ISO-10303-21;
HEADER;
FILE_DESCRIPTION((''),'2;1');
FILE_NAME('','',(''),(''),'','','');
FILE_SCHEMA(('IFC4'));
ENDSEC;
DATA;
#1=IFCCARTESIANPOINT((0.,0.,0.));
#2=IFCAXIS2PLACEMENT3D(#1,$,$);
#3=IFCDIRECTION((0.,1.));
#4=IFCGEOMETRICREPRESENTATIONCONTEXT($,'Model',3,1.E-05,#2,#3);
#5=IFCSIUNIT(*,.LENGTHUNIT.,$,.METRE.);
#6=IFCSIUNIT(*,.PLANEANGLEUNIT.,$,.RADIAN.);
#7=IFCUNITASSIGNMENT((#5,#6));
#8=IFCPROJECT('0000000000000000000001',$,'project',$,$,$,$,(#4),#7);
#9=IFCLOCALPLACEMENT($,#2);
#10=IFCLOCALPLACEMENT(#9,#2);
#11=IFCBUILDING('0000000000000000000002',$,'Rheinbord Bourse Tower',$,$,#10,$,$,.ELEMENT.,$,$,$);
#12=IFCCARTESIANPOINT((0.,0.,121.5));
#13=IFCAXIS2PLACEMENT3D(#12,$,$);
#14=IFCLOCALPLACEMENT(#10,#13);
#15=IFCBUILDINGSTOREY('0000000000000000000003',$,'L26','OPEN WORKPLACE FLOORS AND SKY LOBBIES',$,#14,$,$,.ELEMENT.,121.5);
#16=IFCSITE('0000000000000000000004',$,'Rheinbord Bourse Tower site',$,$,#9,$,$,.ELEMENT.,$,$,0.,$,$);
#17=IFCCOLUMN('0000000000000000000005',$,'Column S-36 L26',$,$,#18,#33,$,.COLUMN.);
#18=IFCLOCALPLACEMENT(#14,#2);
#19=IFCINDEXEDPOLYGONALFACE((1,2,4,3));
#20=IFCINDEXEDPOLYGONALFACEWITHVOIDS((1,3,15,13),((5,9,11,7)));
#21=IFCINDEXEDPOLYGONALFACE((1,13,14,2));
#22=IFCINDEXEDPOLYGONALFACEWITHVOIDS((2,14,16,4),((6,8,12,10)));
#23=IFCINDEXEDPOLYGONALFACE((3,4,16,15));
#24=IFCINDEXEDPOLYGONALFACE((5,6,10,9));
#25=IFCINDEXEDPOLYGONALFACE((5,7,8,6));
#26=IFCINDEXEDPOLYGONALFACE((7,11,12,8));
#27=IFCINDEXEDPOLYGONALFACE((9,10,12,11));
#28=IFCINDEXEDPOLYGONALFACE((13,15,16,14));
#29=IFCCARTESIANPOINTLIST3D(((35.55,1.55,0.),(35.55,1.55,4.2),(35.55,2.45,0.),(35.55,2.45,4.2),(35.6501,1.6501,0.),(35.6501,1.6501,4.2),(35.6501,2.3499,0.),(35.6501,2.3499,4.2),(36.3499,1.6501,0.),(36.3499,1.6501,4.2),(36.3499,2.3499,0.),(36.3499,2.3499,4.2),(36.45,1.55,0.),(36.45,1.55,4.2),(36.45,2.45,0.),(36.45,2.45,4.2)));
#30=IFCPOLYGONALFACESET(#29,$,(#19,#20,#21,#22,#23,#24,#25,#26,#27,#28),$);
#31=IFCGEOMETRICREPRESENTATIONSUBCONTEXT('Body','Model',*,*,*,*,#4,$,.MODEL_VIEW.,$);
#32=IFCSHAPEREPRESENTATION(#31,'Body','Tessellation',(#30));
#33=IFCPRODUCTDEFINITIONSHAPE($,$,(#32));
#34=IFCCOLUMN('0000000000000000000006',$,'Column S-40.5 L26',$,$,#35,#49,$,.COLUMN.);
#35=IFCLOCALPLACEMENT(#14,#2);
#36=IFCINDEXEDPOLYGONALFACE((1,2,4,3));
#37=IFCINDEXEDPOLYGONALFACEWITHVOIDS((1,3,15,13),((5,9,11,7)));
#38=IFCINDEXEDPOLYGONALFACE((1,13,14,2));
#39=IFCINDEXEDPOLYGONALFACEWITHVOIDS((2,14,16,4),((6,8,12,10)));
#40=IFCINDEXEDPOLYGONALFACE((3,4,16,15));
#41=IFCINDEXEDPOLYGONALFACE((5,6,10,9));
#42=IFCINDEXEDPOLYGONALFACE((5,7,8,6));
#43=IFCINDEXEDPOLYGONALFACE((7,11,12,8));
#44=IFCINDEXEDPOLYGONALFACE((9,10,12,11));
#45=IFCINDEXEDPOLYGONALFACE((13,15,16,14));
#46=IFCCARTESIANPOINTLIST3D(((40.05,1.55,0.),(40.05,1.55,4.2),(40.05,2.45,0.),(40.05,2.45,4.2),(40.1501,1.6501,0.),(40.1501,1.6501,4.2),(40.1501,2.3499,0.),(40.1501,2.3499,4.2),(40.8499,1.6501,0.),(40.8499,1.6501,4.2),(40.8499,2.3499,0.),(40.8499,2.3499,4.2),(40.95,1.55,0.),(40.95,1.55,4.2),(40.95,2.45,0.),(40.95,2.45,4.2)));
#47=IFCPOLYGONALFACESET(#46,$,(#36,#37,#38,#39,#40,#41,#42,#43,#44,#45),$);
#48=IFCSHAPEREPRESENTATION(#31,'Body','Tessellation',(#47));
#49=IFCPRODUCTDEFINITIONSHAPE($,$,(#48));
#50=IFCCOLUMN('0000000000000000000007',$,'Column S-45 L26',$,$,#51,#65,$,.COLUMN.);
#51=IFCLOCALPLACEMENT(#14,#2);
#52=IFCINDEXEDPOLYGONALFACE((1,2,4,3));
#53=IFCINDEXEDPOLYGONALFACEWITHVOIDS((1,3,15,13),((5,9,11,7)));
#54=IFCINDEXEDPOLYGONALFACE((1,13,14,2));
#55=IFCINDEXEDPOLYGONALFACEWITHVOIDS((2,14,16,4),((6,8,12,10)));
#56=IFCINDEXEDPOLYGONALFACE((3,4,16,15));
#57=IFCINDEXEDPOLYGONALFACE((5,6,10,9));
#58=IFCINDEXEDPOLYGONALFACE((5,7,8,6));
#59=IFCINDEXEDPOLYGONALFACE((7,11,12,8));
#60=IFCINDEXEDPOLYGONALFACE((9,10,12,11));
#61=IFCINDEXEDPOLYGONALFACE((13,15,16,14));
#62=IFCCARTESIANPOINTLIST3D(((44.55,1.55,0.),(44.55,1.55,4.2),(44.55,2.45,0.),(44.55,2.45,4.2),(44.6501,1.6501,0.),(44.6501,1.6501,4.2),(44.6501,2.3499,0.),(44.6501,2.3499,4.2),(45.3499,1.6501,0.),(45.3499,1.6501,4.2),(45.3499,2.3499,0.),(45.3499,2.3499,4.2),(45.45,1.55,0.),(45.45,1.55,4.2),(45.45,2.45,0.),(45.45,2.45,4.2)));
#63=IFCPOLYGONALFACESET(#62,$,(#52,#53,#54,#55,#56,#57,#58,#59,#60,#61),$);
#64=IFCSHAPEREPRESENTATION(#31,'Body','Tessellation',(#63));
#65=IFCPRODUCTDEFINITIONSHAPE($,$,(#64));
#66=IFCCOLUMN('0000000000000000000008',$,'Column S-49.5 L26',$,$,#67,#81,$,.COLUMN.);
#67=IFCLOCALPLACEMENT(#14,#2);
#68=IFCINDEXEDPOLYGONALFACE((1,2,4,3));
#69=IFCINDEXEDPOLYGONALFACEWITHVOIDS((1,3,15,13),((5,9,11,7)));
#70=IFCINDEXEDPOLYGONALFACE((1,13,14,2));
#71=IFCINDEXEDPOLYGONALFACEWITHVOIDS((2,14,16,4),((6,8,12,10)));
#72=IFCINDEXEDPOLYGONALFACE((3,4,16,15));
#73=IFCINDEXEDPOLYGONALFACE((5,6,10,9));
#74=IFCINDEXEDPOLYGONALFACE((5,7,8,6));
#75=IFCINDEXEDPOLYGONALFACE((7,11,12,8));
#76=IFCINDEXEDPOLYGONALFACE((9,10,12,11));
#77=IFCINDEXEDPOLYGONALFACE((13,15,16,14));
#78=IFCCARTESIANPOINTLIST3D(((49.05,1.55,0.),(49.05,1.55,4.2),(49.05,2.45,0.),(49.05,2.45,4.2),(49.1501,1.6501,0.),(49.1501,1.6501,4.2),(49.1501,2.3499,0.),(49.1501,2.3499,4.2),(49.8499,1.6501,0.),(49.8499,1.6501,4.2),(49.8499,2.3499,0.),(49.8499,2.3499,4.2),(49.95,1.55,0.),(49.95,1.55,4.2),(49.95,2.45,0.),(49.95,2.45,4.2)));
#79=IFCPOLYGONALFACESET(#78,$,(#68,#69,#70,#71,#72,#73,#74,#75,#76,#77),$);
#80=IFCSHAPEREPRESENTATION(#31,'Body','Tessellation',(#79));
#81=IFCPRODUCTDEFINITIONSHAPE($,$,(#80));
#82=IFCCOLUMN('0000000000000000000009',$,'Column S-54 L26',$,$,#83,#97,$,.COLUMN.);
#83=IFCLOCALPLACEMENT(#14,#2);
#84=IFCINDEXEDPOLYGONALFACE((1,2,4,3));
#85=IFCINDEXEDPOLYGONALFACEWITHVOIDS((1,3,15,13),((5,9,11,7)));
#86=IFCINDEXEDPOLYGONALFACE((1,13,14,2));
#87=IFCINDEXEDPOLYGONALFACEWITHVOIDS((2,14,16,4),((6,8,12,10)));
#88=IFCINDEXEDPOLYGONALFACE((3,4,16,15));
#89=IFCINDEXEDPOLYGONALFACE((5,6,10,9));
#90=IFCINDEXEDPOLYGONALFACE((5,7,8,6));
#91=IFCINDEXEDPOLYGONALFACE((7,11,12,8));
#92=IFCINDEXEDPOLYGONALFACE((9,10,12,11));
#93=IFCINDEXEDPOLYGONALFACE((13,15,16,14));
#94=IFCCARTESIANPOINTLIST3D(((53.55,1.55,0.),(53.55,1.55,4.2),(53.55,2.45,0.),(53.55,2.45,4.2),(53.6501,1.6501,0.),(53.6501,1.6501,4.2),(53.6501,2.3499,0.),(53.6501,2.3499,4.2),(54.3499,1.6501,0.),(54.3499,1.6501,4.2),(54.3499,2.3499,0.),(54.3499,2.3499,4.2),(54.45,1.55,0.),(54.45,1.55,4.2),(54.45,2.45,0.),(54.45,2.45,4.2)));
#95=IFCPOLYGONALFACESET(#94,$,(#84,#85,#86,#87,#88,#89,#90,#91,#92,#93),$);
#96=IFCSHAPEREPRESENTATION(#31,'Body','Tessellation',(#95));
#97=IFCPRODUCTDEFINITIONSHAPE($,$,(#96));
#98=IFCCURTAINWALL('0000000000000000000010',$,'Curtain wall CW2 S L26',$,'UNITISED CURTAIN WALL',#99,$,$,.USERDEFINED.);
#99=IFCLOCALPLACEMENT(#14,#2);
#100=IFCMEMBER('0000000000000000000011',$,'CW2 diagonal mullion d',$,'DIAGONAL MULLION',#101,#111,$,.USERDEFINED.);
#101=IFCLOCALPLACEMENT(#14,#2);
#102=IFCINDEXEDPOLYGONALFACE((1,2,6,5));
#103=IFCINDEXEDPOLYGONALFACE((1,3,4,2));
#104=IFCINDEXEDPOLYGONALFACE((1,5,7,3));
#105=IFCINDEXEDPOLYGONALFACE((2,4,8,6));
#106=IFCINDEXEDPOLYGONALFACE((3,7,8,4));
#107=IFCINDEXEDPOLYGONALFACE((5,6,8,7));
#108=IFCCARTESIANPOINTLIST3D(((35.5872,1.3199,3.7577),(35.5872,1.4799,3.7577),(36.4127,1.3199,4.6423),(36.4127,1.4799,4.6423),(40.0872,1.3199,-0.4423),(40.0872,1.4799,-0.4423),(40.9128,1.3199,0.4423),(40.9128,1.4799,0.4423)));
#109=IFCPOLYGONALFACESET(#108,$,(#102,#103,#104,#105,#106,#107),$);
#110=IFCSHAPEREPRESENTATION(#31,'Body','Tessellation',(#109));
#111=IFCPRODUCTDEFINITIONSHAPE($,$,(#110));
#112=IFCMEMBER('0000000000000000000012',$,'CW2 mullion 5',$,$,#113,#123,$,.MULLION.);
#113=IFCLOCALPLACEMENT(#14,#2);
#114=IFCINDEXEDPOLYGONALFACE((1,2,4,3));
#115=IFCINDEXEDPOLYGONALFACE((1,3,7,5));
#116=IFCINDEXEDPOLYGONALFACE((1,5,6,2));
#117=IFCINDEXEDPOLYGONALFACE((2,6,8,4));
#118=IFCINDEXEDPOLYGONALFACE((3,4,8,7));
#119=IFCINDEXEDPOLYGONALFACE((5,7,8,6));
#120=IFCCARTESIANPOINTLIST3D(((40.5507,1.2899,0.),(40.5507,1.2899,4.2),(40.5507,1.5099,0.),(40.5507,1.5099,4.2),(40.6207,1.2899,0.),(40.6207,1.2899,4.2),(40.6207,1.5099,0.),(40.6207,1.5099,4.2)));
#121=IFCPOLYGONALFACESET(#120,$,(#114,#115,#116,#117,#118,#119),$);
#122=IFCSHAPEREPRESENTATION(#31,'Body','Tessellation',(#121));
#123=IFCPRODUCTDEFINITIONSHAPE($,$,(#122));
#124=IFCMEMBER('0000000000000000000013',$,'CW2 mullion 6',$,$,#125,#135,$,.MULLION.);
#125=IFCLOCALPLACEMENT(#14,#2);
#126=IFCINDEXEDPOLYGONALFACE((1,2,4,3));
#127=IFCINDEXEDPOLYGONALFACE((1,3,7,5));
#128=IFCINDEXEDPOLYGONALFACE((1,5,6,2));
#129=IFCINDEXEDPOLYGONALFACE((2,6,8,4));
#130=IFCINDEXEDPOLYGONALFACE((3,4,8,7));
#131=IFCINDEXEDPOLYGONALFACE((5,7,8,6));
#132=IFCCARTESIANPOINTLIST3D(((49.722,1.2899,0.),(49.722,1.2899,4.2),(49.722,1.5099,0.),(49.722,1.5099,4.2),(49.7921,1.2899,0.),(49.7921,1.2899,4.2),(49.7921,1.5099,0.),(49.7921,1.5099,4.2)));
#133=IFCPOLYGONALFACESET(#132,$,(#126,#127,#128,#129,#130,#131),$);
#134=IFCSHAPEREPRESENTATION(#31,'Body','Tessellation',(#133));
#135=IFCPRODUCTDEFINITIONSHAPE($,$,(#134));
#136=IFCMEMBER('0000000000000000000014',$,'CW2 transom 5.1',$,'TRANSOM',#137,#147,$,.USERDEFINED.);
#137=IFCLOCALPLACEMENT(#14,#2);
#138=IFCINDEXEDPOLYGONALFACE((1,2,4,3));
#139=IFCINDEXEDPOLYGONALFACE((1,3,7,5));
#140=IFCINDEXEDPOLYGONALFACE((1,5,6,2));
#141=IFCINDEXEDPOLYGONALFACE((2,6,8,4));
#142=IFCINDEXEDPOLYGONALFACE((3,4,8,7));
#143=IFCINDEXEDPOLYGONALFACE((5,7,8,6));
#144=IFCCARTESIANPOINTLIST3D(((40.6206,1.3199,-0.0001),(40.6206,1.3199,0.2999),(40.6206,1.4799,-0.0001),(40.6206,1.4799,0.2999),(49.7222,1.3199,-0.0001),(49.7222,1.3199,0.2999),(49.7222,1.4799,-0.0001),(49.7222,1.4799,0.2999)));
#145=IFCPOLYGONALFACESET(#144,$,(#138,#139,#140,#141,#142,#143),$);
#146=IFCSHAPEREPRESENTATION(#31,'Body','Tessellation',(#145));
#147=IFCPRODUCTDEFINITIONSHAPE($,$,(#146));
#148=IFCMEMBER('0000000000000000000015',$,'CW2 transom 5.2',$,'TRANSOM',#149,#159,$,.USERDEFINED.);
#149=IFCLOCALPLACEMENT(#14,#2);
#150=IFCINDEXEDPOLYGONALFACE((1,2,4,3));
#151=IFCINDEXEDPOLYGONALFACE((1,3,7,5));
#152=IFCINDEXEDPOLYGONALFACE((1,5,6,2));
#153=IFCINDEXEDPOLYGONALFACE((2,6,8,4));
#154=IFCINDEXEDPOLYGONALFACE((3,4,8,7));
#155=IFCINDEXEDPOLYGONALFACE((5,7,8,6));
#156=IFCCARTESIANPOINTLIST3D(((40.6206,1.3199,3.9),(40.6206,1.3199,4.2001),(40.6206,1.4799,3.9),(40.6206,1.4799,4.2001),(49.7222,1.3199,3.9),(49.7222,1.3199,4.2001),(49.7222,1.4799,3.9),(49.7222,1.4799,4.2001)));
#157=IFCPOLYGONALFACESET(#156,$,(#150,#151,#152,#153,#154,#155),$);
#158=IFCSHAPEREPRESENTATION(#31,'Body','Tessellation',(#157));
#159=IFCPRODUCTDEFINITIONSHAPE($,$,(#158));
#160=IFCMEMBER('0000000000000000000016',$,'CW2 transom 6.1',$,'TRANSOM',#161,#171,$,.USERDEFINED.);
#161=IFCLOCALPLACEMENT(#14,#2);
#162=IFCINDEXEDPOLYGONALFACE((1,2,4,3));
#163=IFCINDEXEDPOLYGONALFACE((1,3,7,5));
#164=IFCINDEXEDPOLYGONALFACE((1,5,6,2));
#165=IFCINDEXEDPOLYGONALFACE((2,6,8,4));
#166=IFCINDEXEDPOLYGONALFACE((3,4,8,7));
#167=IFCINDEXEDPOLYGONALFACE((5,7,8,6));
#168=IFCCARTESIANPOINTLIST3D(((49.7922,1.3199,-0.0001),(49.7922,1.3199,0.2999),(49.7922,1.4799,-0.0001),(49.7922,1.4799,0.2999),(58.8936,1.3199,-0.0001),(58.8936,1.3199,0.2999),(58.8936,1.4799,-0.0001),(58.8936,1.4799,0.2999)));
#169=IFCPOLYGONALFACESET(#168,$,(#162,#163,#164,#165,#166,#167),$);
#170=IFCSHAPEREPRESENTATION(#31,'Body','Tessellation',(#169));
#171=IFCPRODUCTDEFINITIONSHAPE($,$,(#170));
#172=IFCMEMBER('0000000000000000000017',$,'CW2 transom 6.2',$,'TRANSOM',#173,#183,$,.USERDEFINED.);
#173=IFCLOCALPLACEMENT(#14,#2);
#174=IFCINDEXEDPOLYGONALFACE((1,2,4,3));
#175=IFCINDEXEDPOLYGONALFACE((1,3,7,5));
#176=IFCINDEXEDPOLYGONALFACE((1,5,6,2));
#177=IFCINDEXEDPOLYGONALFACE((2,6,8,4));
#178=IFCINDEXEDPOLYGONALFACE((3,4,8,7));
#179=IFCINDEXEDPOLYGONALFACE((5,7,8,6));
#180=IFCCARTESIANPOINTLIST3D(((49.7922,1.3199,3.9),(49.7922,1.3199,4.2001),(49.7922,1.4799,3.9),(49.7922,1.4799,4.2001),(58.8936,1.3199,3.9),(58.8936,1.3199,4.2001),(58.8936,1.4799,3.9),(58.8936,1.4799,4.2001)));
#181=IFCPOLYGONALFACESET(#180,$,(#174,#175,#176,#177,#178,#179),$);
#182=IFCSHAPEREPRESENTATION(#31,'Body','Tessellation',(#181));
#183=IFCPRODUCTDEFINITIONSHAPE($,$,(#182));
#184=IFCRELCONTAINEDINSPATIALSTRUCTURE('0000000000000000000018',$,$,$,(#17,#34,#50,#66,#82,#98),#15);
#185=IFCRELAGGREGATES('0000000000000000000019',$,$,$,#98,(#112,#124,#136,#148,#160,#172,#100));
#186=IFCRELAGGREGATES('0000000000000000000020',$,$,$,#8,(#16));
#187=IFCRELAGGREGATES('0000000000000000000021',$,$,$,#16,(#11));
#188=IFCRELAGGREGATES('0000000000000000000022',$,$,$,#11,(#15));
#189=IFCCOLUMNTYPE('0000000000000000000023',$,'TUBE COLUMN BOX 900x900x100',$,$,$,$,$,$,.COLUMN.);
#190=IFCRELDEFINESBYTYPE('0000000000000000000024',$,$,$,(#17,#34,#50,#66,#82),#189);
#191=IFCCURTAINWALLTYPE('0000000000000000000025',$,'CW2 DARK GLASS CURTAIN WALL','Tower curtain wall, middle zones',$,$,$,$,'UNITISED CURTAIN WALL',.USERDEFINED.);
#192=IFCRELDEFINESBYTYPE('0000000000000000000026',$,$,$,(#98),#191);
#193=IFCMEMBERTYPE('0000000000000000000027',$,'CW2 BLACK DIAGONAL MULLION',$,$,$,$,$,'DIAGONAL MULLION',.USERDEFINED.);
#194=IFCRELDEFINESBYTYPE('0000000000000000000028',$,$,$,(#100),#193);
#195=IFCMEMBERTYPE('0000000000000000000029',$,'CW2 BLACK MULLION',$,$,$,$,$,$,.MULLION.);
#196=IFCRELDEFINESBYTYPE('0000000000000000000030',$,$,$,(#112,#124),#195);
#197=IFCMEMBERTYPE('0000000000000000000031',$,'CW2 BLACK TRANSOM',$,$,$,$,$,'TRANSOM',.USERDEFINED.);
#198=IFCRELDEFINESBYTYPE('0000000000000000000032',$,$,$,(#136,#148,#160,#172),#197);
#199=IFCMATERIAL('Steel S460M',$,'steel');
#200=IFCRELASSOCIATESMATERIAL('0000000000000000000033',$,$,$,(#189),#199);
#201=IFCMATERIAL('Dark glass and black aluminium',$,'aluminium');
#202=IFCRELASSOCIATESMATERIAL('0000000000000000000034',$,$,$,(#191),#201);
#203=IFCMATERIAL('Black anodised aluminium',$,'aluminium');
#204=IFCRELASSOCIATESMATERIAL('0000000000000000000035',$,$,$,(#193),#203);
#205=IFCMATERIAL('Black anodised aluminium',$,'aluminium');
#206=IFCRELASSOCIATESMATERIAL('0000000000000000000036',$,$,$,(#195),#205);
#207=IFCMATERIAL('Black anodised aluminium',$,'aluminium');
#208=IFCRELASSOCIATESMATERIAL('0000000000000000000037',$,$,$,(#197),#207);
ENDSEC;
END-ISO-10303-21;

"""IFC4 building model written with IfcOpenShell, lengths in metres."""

from ifc_helpers import new_model, si_unit, direction, frame, origin, origin_2d, place, context, subcontext, project, spatial, rectangle, hollow_rectangle, extrude, material, material_profile, profile_set, type_object, element, aggregate, save


model = new_model("IFC4")

# Units and contexts
model_context = context("Model", 3, precision=1e-05, world=origin(), true_north=direction((0.0, 1.0)))
body_context = subcontext(model_context, "Body", "Model", "MODEL_VIEW")
ifc_project = project(units=[si_unit("LENGTHUNIT", "METRE"), si_unit("PLANEANGLEUNIT", "RADIAN")], contexts=[model_context])

# Site, building, storey
site_placement = place(None, origin())
site = spatial("IfcSite", under=ifc_project, at=site_placement, Name="Rheinbord Bourse Tower site", CompositionType="ELEMENT", RefElevation=0.0)
building_placement = place(site_placement, origin())
building = spatial("IfcBuilding", under=site, at=building_placement, Name="Rheinbord Bourse Tower", CompositionType="ELEMENT")
storey_placement = place(building_placement, frame((0.0, 0.0, 121.5)))
storey = spatial("IfcBuildingStorey", under=building, at=storey_placement, Name="L26", Description="OPEN WORKPLACE FLOORS AND SKY LOBBIES", CompositionType="ELEMENT", Elevation=121.5)

# Columns
ifc_material_1 = material(Name="Steel S460M", Category="steel")
ifc_material_profile_1 = material_profile(ifc_material_1, hollow_rectangle(XDim=0.8999, YDim=0.8999, WallThickness=0.1001, at=origin_2d()), Name="BOX 900x900x100")
ifc_profile_set_1 = profile_set([ifc_material_profile_1], Name="Steel S460M")
column_type = type_object("IfcColumnType", Name="TUBE COLUMN BOX 900x900x100", PredefinedType="COLUMN", material=ifc_profile_set_1)
for number, where, z_axis, x_axis, name in (
    (1, (36.0, 2.0, 0.0), (0.0, 0.0, 1.0), (0.0, 1.0, 0.0), "Column S-36 L26"),
    (2, (40.5, 2.0, 0.0), (0.0, 0.0, 1.0), (0.0, 1.0, 0.0), "Column S-40.5 L26"),
    (3, (45.0, 2.0, 0.0), (0.0, 0.0, 1.0), (0.0, 1.0, 0.0), "Column S-45 L26"),
    (4, (49.5, 2.0, 0.0), (0.0, 0.0, 1.0), (0.0, 1.0, 0.0), "Column S-49.5 L26"),
    (5, (54.0, 2.0, 0.0), (0.0, 0.0, 1.0), (0.0, 1.0, 0.0), "Column S-54 L26"),
):
    element("IfcColumn", number, at=place(storey_placement, frame(where, z_axis=z_axis, x_axis=x_axis)), inside=storey, type_object=column_type, Name=name, PredefinedType="COLUMN", context=body_context, shape_type="SweptSolid", body=[
        extrude(hollow_rectangle(XDim=0.8999, YDim=0.8999, WallThickness=0.1001, at=origin_2d()), origin(), (0.0, 0.0, 1.0), 4.2),
    ])

# Curtain wall, members
ifc_material_2 = material(Name="Dark glass and black aluminium", Category="aluminium")
curtain_wall_type = type_object("IfcCurtainWallType", Name="CW2 DARK GLASS CURTAIN WALL", Description="Tower curtain wall, middle zones", ElementType="UNITISED CURTAIN WALL", PredefinedType="USERDEFINED", material=ifc_material_2)
curtain_wall_placement = place(storey_placement, origin())
curtain_wall = element("IfcCurtainWall", 6, at=curtain_wall_placement, inside=storey, type_object=curtain_wall_type, Name="Curtain wall CW2 S L26", ObjectType="UNITISED CURTAIN WALL", PredefinedType="USERDEFINED")
ifc_material_3 = material(Name="Black anodised aluminium", Category="aluminium")
ifc_material_profile_2 = material_profile(ifc_material_3, rectangle(XDim=0.1599, YDim=1.21, at=origin_2d()), Name="CW2 DIAGONAL MULLION 1210x160")
ifc_profile_set_2 = profile_set([ifc_material_profile_2], Name="Black anodised aluminium")
member_type_1 = type_object("IfcMemberType", Name="CW2 BLACK DIAGONAL MULLION", ElementType="DIAGONAL MULLION", PredefinedType="USERDEFINED", material=ifc_profile_set_2)
member_1_placement = place(storey_placement, frame((40.5, 1.3999, 0.0), z_axis=(-0.731059, 0.0, 0.682314), x_axis=(0.0, -1.0, 0.0)))
member_1 = element("IfcMember", 7, at=member_1_placement, type_object=member_type_1, Name="CW2 diagonal mullion d", ObjectType="DIAGONAL MULLION", PredefinedType="USERDEFINED", context=body_context, shape_type="SweptSolid", body=[
    extrude(rectangle(XDim=0.1599, YDim=1.21, at=origin_2d()), origin(), (0.0, 0.0, 1.0), 6.1555),
])
ifc_material_4 = material(Name="Black anodised aluminium", Category="aluminium")
ifc_material_profile_3 = material_profile(ifc_material_4, rectangle(XDim=0.22, YDim=0.0701, at=origin_2d()), Name="CW2 MULLION 70x220")
ifc_profile_set_3 = profile_set([ifc_material_profile_3], Name="Black anodised aluminium")
member_type_2 = type_object("IfcMemberType", Name="CW2 BLACK MULLION", PredefinedType="MULLION", material=ifc_profile_set_3)
member_2_placement = place(storey_placement, frame((40.5857, 1.3999, 0.0), z_axis=(0.0, 0.0, 1.0), x_axis=(0.0, 1.0, 0.0)))
member_2 = element("IfcMember", 8, at=member_2_placement, type_object=member_type_2, Name="CW2 mullion 5", PredefinedType="MULLION", context=body_context, shape_type="SweptSolid", body=[
    extrude(rectangle(XDim=0.22, YDim=0.0701, at=origin_2d()), origin(), (0.0, 0.0, 1.0), 4.2),
])
member_3_placement = place(storey_placement, frame((49.7571, 1.3999, 0.0), z_axis=(0.0, 0.0, 1.0), x_axis=(0.0, 1.0, 0.0)))
member_3 = element("IfcMember", 9, at=member_3_placement, type_object=member_type_2, Name="CW2 mullion 6", PredefinedType="MULLION", context=body_context, shape_type="SweptSolid", body=[
    extrude(rectangle(XDim=0.22, YDim=0.0701, at=origin_2d()), origin(), (0.0, 0.0, 1.0), 4.2),
])
ifc_material_5 = material(Name="Black anodised aluminium", Category="aluminium")
ifc_material_profile_4 = material_profile(ifc_material_5, rectangle(XDim=0.1599, YDim=0.3, at=origin_2d()), Name="CW2 TRANSOM 300x160")
ifc_profile_set_4 = profile_set([ifc_material_profile_4], Name="Black anodised aluminium")
member_type_3 = type_object("IfcMemberType", Name="CW2 BLACK TRANSOM", ElementType="TRANSOM", PredefinedType="USERDEFINED", material=ifc_profile_set_4)
member_4_placement = place(storey_placement, frame((40.6206, 1.3999, 0.1499), z_axis=(1.0, 0.0, 0.0), x_axis=(0.0, 1.0, 0.0)))
member_4 = element("IfcMember", 10, at=member_4_placement, type_object=member_type_3, Name="CW2 transom 5.1", ObjectType="TRANSOM", PredefinedType="USERDEFINED", context=body_context, shape_type="SweptSolid", body=[
    extrude(rectangle(XDim=0.1599, YDim=0.3, at=origin_2d()), origin(), (0.0, 0.0, 1.0), 9.1016),
])
member_5_placement = place(storey_placement, frame((40.6206, 1.3999, 4.05), z_axis=(1.0, 0.0, 0.0), x_axis=(0.0, 1.0, 0.0)))
member_5 = element("IfcMember", 11, at=member_5_placement, type_object=member_type_3, Name="CW2 transom 5.2", ObjectType="TRANSOM", PredefinedType="USERDEFINED", context=body_context, shape_type="SweptSolid", body=[
    extrude(rectangle(XDim=0.1599, YDim=0.3, at=origin_2d()), origin(), (0.0, 0.0, 1.0), 9.1016),
])
member_6_placement = place(storey_placement, frame((49.7922, 1.3999, 0.1499), z_axis=(1.0, 0.0, 0.0), x_axis=(0.0, 1.0, 0.0)))
member_6 = element("IfcMember", 12, at=member_6_placement, type_object=member_type_3, Name="CW2 transom 6.1", ObjectType="TRANSOM", PredefinedType="USERDEFINED", context=body_context, shape_type="SweptSolid", body=[
    extrude(rectangle(XDim=0.1599, YDim=0.3, at=origin_2d()), origin(), (0.0, 0.0, 1.0), 9.1013),
])
member_7_placement = place(storey_placement, frame((49.7922, 1.3999, 4.05), z_axis=(1.0, 0.0, 0.0), x_axis=(0.0, 1.0, 0.0)))
member_7 = element("IfcMember", 13, at=member_7_placement, type_object=member_type_3, Name="CW2 transom 6.2", ObjectType="TRANSOM", PredefinedType="USERDEFINED", context=body_context, shape_type="SweptSolid", body=[
    extrude(rectangle(XDim=0.1599, YDim=0.3, at=origin_2d()), origin(), (0.0, 0.0, 1.0), 9.1013),
])

aggregate(curtain_wall, [member_2, member_3, member_4, member_5, member_6, member_7, member_1])

save(model, "model.ifc")
